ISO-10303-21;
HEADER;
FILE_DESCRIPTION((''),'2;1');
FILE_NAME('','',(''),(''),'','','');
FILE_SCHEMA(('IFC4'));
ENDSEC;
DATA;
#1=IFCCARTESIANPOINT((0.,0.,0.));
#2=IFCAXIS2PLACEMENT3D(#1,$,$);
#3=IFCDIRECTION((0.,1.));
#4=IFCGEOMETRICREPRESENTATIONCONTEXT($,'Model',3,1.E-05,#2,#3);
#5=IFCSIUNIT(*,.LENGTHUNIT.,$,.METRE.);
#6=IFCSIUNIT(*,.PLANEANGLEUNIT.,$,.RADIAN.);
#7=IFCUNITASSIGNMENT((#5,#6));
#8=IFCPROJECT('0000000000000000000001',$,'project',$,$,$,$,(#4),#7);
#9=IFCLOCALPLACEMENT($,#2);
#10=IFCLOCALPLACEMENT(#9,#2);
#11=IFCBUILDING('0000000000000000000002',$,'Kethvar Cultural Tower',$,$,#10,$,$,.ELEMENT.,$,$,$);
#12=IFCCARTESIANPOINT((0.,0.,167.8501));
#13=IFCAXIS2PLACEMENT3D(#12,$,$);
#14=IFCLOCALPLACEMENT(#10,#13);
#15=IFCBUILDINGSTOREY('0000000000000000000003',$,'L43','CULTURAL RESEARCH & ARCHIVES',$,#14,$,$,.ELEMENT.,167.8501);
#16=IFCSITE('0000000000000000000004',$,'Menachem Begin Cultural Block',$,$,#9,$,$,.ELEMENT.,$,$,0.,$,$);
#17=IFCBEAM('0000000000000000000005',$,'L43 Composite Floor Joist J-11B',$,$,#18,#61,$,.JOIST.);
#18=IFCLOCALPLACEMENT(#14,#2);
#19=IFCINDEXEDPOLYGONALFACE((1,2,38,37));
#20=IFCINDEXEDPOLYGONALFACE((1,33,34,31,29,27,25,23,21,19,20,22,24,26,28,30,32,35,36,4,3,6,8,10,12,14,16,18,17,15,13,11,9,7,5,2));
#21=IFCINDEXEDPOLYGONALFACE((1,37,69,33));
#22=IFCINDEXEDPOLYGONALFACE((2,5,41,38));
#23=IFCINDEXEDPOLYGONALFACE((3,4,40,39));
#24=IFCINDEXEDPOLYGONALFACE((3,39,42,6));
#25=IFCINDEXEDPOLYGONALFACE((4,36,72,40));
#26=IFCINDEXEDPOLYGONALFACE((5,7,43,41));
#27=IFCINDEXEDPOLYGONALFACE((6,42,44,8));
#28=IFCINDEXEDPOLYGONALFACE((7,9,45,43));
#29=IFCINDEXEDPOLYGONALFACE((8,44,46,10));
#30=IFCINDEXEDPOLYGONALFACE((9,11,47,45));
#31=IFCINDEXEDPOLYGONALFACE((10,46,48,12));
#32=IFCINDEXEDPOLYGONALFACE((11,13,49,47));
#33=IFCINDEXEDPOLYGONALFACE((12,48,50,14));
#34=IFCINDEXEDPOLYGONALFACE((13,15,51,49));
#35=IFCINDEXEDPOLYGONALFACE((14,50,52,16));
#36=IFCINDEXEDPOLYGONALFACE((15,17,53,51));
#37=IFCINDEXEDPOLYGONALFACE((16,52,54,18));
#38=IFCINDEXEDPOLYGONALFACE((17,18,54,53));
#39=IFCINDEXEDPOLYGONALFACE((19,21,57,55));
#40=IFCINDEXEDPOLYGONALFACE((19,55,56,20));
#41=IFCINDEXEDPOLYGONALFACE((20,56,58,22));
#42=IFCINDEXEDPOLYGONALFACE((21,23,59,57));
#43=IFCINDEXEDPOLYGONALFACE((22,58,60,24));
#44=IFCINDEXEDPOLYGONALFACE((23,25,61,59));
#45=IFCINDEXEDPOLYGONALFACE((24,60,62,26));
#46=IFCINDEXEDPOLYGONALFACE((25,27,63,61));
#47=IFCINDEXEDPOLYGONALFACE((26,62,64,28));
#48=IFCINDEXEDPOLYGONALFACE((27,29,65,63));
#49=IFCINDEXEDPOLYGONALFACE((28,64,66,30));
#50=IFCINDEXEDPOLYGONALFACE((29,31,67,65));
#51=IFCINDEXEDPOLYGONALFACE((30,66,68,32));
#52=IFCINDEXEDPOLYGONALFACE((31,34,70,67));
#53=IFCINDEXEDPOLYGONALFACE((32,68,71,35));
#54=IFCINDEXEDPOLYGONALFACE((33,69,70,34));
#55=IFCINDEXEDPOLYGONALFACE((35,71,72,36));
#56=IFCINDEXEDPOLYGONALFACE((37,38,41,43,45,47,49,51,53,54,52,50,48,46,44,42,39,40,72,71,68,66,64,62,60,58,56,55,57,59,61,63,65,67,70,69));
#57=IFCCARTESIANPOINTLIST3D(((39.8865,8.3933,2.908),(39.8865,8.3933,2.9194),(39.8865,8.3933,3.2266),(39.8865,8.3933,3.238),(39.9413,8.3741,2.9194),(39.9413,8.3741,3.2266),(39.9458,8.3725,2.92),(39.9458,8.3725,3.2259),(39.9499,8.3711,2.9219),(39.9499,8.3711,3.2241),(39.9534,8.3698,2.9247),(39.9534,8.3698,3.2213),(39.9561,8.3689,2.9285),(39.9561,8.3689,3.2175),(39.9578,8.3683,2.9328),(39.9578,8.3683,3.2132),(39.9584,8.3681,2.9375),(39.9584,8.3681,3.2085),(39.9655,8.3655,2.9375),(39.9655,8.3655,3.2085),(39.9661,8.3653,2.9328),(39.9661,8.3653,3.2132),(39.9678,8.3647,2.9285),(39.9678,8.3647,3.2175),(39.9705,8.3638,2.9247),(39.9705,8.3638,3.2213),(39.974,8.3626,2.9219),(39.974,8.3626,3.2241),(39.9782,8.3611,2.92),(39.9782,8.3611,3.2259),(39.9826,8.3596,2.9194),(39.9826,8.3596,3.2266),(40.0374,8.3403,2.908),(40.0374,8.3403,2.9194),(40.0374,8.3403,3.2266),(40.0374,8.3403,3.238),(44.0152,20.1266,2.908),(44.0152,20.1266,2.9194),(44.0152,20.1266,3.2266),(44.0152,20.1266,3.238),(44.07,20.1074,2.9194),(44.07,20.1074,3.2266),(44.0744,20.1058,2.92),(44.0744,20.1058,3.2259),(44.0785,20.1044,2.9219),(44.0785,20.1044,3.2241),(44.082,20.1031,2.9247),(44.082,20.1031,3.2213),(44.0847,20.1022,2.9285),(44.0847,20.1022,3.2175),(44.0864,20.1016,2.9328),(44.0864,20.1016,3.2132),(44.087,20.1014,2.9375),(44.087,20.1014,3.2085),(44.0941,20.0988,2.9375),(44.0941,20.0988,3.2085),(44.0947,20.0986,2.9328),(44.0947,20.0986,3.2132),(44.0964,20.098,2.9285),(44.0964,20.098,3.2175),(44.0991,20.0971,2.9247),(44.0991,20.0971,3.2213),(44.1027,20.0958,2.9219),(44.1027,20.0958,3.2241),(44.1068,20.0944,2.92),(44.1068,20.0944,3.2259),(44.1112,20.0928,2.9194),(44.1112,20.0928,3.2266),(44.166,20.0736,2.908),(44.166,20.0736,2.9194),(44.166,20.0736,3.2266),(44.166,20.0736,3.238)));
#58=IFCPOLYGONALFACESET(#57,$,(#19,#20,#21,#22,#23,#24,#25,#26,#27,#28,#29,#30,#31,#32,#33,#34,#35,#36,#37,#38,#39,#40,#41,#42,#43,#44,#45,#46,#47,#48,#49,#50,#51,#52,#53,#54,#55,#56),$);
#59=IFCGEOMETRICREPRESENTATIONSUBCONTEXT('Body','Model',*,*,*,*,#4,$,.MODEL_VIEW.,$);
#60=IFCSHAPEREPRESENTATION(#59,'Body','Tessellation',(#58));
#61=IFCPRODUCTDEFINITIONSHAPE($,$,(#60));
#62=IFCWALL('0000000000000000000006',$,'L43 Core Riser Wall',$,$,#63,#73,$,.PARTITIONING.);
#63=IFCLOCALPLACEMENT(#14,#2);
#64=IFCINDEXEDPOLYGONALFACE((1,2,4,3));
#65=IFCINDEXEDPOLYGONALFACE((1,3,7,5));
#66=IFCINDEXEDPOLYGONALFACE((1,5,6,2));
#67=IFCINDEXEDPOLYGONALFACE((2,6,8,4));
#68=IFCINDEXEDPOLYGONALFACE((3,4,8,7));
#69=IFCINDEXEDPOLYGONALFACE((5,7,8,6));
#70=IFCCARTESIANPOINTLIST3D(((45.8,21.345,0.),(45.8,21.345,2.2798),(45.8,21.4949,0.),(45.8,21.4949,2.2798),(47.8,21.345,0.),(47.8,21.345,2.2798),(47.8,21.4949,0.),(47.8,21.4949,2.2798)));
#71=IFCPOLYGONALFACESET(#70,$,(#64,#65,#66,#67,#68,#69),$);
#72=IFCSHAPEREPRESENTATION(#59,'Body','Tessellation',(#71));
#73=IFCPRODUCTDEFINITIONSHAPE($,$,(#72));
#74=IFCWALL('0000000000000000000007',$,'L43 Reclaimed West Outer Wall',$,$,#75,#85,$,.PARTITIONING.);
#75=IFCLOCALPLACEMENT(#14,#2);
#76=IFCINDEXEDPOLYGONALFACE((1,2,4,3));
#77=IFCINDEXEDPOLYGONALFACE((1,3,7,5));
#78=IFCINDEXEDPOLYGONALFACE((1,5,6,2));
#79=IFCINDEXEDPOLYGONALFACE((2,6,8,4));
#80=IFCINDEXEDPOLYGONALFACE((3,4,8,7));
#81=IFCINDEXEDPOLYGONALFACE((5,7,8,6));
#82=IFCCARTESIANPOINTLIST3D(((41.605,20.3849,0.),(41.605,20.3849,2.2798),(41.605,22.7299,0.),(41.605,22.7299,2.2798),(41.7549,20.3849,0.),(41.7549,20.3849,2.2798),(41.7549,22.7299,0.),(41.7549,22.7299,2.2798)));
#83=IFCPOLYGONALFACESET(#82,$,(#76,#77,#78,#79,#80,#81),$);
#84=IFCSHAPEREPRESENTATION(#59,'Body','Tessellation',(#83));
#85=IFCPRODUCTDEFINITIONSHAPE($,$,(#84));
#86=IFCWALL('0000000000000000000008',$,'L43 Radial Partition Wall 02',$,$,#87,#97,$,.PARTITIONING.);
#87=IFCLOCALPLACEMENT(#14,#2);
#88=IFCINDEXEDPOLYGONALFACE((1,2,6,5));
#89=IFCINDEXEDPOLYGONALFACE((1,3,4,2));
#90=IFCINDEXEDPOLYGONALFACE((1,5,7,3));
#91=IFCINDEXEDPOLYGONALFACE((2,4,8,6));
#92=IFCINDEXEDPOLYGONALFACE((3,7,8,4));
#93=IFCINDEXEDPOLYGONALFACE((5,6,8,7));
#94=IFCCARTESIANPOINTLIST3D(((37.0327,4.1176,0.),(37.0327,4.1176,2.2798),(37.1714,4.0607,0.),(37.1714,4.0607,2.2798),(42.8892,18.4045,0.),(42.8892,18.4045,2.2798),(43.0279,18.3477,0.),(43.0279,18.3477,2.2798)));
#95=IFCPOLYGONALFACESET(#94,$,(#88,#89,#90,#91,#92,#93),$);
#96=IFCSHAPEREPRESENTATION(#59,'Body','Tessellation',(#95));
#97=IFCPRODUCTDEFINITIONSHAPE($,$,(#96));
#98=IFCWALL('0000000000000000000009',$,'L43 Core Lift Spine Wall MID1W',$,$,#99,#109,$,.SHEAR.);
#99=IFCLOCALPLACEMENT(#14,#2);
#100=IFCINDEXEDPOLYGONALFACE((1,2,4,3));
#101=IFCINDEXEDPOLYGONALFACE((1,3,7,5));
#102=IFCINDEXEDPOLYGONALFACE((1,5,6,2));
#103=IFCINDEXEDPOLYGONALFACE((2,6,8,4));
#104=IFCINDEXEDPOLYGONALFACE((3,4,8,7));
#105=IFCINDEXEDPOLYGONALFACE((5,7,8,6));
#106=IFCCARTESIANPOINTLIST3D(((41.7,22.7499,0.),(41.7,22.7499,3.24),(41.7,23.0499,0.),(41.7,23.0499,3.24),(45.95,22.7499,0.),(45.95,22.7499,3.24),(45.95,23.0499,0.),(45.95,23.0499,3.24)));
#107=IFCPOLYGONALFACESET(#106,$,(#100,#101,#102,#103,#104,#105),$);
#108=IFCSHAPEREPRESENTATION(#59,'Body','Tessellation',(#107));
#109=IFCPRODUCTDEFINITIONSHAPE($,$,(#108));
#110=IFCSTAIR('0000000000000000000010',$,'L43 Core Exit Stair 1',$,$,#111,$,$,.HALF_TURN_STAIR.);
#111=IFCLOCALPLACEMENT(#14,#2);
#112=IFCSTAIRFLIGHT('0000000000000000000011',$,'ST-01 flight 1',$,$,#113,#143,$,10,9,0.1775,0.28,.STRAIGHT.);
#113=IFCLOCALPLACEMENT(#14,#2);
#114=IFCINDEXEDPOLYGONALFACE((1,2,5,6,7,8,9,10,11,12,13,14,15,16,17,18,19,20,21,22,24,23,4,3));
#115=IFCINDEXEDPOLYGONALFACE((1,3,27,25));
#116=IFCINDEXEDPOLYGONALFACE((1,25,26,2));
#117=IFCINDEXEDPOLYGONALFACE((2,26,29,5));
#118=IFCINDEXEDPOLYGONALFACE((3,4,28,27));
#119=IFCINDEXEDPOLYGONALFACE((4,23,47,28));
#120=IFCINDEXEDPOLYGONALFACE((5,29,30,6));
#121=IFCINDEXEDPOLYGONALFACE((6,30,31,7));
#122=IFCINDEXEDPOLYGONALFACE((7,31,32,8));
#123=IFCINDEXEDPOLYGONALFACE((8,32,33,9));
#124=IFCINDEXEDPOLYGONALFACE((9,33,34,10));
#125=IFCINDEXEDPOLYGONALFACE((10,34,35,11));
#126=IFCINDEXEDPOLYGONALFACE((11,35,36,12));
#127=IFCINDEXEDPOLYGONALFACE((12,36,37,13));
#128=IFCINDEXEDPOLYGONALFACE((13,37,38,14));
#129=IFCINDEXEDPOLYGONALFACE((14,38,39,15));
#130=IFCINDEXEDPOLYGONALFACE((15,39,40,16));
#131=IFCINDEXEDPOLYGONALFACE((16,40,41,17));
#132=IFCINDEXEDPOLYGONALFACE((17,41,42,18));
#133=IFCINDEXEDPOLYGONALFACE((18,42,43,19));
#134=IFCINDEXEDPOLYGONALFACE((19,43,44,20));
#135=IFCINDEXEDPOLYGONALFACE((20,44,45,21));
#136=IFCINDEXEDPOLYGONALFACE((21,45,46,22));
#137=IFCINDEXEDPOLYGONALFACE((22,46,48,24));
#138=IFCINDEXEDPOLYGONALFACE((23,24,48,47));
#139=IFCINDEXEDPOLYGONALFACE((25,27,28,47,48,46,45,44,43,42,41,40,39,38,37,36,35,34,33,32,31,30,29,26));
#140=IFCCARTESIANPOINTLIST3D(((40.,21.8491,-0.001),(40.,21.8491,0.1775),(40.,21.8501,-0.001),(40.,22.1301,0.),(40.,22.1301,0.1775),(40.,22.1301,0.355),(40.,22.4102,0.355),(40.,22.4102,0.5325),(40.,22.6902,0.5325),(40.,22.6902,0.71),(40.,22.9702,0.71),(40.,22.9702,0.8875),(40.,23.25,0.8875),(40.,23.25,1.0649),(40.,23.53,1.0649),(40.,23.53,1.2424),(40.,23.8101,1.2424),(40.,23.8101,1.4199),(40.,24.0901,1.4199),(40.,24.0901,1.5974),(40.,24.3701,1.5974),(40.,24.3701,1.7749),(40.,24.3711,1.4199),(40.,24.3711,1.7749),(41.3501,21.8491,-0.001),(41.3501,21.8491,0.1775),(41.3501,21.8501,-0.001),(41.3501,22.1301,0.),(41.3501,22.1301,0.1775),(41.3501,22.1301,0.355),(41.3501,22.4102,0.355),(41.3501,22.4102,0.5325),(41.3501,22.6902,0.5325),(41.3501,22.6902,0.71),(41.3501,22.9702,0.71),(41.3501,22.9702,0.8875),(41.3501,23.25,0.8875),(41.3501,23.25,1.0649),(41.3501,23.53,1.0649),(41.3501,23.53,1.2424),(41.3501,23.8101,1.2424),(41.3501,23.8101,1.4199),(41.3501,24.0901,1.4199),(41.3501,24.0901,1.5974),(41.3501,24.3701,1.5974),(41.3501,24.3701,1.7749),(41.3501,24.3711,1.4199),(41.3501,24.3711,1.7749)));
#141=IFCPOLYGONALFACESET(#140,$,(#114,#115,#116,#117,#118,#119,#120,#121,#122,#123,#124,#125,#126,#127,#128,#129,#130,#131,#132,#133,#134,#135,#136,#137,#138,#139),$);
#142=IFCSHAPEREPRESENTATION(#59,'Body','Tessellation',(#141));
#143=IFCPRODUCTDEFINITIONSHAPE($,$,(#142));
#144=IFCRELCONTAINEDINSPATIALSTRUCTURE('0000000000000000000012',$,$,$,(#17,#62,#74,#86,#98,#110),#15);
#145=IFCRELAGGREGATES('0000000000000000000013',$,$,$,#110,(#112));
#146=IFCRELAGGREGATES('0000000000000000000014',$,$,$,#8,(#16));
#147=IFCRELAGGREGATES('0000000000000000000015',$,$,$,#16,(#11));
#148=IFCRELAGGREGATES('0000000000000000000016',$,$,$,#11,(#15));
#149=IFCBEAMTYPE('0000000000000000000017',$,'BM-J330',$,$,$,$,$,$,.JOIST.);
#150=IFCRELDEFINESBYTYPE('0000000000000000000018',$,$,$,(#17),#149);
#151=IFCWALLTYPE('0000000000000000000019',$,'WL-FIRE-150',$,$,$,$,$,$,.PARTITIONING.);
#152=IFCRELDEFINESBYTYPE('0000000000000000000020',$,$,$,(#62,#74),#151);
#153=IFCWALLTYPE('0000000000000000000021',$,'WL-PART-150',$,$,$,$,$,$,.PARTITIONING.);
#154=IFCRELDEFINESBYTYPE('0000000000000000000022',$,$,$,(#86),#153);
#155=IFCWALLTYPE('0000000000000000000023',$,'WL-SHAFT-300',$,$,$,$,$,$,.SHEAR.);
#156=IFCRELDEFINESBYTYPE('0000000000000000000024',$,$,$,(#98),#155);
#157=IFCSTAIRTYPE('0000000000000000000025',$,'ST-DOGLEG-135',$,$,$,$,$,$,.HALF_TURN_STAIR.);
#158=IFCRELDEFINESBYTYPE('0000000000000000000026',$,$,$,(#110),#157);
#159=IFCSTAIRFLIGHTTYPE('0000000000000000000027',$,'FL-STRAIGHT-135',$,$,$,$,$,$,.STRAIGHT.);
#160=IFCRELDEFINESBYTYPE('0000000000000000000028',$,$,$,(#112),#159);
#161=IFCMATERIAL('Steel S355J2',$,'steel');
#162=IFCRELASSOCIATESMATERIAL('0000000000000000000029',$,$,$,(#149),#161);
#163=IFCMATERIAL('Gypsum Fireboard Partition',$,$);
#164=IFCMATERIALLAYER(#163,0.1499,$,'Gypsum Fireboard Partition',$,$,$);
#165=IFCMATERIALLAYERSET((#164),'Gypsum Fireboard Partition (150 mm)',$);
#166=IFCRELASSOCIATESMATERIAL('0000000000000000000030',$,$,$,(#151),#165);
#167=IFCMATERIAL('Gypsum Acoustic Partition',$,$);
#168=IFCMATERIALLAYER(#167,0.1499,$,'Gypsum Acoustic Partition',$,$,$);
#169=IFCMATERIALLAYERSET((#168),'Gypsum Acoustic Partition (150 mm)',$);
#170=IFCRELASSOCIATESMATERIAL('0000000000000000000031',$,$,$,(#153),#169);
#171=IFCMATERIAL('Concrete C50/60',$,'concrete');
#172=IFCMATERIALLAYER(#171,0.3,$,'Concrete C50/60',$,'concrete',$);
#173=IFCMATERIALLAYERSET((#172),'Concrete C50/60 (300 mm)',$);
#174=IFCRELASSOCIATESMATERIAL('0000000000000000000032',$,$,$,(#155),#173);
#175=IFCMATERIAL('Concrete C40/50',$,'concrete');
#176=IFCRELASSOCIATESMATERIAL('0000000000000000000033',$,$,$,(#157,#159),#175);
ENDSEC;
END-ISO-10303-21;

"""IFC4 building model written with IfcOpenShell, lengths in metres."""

from ifc_helpers import new_model, si_unit, direction, frame, frame_2d, origin, origin_2d, place, context, subcontext, project, spatial, polyline, rectangle, i_section, outline, extrude, source, transform, mapped, material, layer, layer_set, material_profile, profile_set, type_object, element, aggregate, save


model = new_model("IFC4")

# Units and contexts
model_context = context("Model", 3, precision=1e-05, world=origin(), true_north=direction((0.0, 1.0)))
body_context = subcontext(model_context, "Body", "Model", "MODEL_VIEW")
ifc_project = project(units=[si_unit("LENGTHUNIT", "METRE"), si_unit("PLANEANGLEUNIT", "RADIAN")], contexts=[model_context])

# Site, building, storey
site_placement = place(None, origin())
site = spatial("IfcSite", under=ifc_project, at=site_placement, Name="Menachem Begin Cultural Block", CompositionType="ELEMENT", RefElevation=0.0)
building_placement = place(site_placement, origin())
building = spatial("IfcBuilding", under=site, at=building_placement, Name="Kethvar Cultural Tower", CompositionType="ELEMENT")
storey_placement = place(building_placement, frame((0.0, 0.0, 167.8501)))
storey = spatial("IfcBuildingStorey", under=building, at=storey_placement, Name="L43", Description="CULTURAL RESEARCH & ARCHIVES", CompositionType="ELEMENT", Elevation=167.8501)

# Beam
ifc_material_1 = material(Name="Steel S355J2", Category="steel")
ifc_material_profile_1 = material_profile(ifc_material_1, i_section(OverallWidth=0.1599, OverallDepth=0.3301, WebThickness=0.0076, FlangeThickness=0.0115, FilletRadius=0.0181, at=origin_2d()), Name="Steel S355J2 — IPE330")
ifc_profile_set_1 = profile_set([ifc_material_profile_1], Name="Steel S355J2 — IPE330")
beam_type_1 = type_object("IfcBeamType", Name="BM-J330", PredefinedType="JOIST", material=ifc_profile_set_1)
shared_shape_1 = source(origin(), body_context, "Body", "SweptSolid", [
    extrude(i_section(OverallWidth=0.1599, OverallDepth=0.3301, WebThickness=0.0076, FlangeThickness=0.0115, FilletRadius=0.0181, at=origin_2d()), origin(), (0.0, 0.0, 1.0), 12.4385),
])
beam_1_placement = place(storey_placement, frame((44.0906, 20.1001, 3.073), z_axis=(-0.331924, -0.943306, 0.0), x_axis=(0.943306, -0.331924, 0.0)))
element("IfcBeam", 1, at=beam_1_placement, inside=storey, type_object=beam_type_1, Name="L43 Composite Floor Joist J-11B", PredefinedType="JOIST", context=body_context, shape_type="MappedRepresentation", body=[
    mapped(shared_shape_1, transform((0.0, 0.0, 0.0), scale=1.0)),
])

# Walls
ifc_material_2 = material(Name="Gypsum Fireboard Partition")
ifc_layer_1 = layer(ifc_material_2, 0.1499, Name="Gypsum Fireboard Partition")
ifc_layer_set_1 = layer_set([ifc_layer_1], Name="Gypsum Fireboard Partition (150 mm)")
wall_type_1 = type_object("IfcWallType", Name="WL-FIRE-150", PredefinedType="PARTITIONING", material=ifc_layer_set_1)
wall_1_placement = place(storey_placement, frame((45.8, 21.4199, 0.0), z_axis=(0.0, 0.0, 1.0), x_axis=(1.0, 0.0, 0.0)))
element("IfcWall", 2, at=wall_1_placement, inside=storey, type_object=wall_type_1, Name="L43 Core Riser Wall", PredefinedType="PARTITIONING", context=body_context, shape_type="SweptSolid", body=[
    extrude(rectangle(XDim=2.0, YDim=0.1499, at=frame_2d((1.0, 0.0))), origin(), (0.0, 0.0, 1.0), 2.2798),
])
wall_2_placement = place(storey_placement, frame((41.6799, 20.385, 0.0), z_axis=(0.0, 0.0, 1.0), x_axis=(0.0, 1.0, 0.0)))
element("IfcWall", 3, at=wall_2_placement, inside=storey, type_object=wall_type_1, Name="L43 Reclaimed West Outer Wall", PredefinedType="PARTITIONING", context=body_context, shape_type="SweptSolid", body=[
    extrude(rectangle(XDim=2.345, YDim=0.1499, at=frame_2d((1.1724, 0.0))), origin(), (0.0, 0.0, 1.0), 2.2798),
])

# Walls
ifc_material_3 = material(Name="Gypsum Acoustic Partition")
ifc_layer_2 = layer(ifc_material_3, 0.1499, Name="Gypsum Acoustic Partition")
ifc_layer_set_2 = layer_set([ifc_layer_2], Name="Gypsum Acoustic Partition (150 mm)")
wall_type_2 = type_object("IfcWallType", Name="WL-PART-150", PredefinedType="PARTITIONING", material=ifc_layer_set_2)
wall_3_placement = place(storey_placement, frame((42.9585, 18.376, 0.0), z_axis=(0.0, 0.0, 1.0), x_axis=(-0.379288, -0.925278, 0.0)))
element("IfcWall", 4, at=wall_3_placement, inside=storey, type_object=wall_type_2, Name="L43 Radial Partition Wall 02", PredefinedType="PARTITIONING", context=body_context, shape_type="SweptSolid", body=[
    extrude(rectangle(XDim=15.4407, YDim=0.1499, at=frame_2d((7.7202, 0.0))), origin(), (0.0, 0.0, 1.0), 2.2798),
])
ifc_material_4 = material(Name="Concrete C50/60", Category="concrete")
ifc_layer_3 = layer(ifc_material_4, 0.3, Name="Concrete C50/60", Category="concrete")
ifc_layer_set_3 = layer_set([ifc_layer_3], Name="Concrete C50/60 (300 mm)")
wall_type_3 = type_object("IfcWallType", Name="WL-SHAFT-300", PredefinedType="SHEAR", material=ifc_layer_set_3)
wall_4_placement = place(storey_placement, frame((41.7, 22.8999, 0.0), z_axis=(0.0, 0.0, 1.0), x_axis=(1.0, 0.0, 0.0)))
element("IfcWall", 5, at=wall_4_placement, inside=storey, type_object=wall_type_3, Name="L43 Core Lift Spine Wall MID1W", PredefinedType="SHEAR", context=body_context, shape_type="SweptSolid", body=[
    extrude(rectangle(XDim=4.25, YDim=0.3, at=frame_2d((2.125, 0.0))), origin(), (0.0, 0.0, 1.0), 3.24),
])

# Stair, stair flight
ifc_material_5 = material(Name="Concrete C40/50", Category="concrete")
stair_type = type_object("IfcStairType", Name="ST-DOGLEG-135", PredefinedType="HALF_TURN_STAIR", material=ifc_material_5)
stair_placement = place(storey_placement, origin())
stair = element("IfcStair", 6, at=stair_placement, inside=storey, type_object=stair_type, Name="L43 Core Exit Stair 1", PredefinedType="HALF_TURN_STAIR")
stair_flight_type = type_object("IfcStairFlightType", Name="FL-STRAIGHT-135", PredefinedType="STRAIGHT", material=ifc_material_5)
stair_flight_placement = place(storey_placement, frame((40.675, 21.8501, 0.0), z_axis=(0.0, 0.0, 1.0), x_axis=(0.0, 1.0, 0.0)))
stair_flight = element("IfcStairFlight", 7, at=stair_flight_placement, type_object=stair_flight_type, Name="ST-01 flight 1", NumberOfRisers=10, NumberOfTreads=9, PredefinedType="STRAIGHT", RiserHeight=0.1775, TreadLength=0.28, context=body_context, shape_type="SweptSolid", body=[
    extrude(outline(polyline([(-0.001, -0.001), (-0.001, 0.1775), (0.28, 0.1775), (0.28, 0.355), (0.5601, 0.355), (0.5601, 0.5325), (0.8401, 0.5325), (0.8401, 0.71), (1.1201, 0.71), (1.1201, 0.8875), (1.3999, 0.8875), (1.3999, 1.0649), (1.6799, 1.0649), (1.6799, 1.2424), (1.96, 1.2424), (1.96, 1.4199), (2.24, 1.4199), (2.24, 1.5974), (2.52, 1.5974), (2.52, 1.7749), (2.521, 1.7749), (2.521, 1.4199), (0.28, 0.0), (0.0, -0.001), (-0.001, -0.001)])), frame((0.0, 0.675, 0.0), z_axis=(0.0, -1.0, 0.0), x_axis=(1.0, 0.0, 0.0)), (0.0, 0.0, 1.0), 1.3501),
])
aggregate(stair, [stair_flight])

save(model, "model.ifc")
